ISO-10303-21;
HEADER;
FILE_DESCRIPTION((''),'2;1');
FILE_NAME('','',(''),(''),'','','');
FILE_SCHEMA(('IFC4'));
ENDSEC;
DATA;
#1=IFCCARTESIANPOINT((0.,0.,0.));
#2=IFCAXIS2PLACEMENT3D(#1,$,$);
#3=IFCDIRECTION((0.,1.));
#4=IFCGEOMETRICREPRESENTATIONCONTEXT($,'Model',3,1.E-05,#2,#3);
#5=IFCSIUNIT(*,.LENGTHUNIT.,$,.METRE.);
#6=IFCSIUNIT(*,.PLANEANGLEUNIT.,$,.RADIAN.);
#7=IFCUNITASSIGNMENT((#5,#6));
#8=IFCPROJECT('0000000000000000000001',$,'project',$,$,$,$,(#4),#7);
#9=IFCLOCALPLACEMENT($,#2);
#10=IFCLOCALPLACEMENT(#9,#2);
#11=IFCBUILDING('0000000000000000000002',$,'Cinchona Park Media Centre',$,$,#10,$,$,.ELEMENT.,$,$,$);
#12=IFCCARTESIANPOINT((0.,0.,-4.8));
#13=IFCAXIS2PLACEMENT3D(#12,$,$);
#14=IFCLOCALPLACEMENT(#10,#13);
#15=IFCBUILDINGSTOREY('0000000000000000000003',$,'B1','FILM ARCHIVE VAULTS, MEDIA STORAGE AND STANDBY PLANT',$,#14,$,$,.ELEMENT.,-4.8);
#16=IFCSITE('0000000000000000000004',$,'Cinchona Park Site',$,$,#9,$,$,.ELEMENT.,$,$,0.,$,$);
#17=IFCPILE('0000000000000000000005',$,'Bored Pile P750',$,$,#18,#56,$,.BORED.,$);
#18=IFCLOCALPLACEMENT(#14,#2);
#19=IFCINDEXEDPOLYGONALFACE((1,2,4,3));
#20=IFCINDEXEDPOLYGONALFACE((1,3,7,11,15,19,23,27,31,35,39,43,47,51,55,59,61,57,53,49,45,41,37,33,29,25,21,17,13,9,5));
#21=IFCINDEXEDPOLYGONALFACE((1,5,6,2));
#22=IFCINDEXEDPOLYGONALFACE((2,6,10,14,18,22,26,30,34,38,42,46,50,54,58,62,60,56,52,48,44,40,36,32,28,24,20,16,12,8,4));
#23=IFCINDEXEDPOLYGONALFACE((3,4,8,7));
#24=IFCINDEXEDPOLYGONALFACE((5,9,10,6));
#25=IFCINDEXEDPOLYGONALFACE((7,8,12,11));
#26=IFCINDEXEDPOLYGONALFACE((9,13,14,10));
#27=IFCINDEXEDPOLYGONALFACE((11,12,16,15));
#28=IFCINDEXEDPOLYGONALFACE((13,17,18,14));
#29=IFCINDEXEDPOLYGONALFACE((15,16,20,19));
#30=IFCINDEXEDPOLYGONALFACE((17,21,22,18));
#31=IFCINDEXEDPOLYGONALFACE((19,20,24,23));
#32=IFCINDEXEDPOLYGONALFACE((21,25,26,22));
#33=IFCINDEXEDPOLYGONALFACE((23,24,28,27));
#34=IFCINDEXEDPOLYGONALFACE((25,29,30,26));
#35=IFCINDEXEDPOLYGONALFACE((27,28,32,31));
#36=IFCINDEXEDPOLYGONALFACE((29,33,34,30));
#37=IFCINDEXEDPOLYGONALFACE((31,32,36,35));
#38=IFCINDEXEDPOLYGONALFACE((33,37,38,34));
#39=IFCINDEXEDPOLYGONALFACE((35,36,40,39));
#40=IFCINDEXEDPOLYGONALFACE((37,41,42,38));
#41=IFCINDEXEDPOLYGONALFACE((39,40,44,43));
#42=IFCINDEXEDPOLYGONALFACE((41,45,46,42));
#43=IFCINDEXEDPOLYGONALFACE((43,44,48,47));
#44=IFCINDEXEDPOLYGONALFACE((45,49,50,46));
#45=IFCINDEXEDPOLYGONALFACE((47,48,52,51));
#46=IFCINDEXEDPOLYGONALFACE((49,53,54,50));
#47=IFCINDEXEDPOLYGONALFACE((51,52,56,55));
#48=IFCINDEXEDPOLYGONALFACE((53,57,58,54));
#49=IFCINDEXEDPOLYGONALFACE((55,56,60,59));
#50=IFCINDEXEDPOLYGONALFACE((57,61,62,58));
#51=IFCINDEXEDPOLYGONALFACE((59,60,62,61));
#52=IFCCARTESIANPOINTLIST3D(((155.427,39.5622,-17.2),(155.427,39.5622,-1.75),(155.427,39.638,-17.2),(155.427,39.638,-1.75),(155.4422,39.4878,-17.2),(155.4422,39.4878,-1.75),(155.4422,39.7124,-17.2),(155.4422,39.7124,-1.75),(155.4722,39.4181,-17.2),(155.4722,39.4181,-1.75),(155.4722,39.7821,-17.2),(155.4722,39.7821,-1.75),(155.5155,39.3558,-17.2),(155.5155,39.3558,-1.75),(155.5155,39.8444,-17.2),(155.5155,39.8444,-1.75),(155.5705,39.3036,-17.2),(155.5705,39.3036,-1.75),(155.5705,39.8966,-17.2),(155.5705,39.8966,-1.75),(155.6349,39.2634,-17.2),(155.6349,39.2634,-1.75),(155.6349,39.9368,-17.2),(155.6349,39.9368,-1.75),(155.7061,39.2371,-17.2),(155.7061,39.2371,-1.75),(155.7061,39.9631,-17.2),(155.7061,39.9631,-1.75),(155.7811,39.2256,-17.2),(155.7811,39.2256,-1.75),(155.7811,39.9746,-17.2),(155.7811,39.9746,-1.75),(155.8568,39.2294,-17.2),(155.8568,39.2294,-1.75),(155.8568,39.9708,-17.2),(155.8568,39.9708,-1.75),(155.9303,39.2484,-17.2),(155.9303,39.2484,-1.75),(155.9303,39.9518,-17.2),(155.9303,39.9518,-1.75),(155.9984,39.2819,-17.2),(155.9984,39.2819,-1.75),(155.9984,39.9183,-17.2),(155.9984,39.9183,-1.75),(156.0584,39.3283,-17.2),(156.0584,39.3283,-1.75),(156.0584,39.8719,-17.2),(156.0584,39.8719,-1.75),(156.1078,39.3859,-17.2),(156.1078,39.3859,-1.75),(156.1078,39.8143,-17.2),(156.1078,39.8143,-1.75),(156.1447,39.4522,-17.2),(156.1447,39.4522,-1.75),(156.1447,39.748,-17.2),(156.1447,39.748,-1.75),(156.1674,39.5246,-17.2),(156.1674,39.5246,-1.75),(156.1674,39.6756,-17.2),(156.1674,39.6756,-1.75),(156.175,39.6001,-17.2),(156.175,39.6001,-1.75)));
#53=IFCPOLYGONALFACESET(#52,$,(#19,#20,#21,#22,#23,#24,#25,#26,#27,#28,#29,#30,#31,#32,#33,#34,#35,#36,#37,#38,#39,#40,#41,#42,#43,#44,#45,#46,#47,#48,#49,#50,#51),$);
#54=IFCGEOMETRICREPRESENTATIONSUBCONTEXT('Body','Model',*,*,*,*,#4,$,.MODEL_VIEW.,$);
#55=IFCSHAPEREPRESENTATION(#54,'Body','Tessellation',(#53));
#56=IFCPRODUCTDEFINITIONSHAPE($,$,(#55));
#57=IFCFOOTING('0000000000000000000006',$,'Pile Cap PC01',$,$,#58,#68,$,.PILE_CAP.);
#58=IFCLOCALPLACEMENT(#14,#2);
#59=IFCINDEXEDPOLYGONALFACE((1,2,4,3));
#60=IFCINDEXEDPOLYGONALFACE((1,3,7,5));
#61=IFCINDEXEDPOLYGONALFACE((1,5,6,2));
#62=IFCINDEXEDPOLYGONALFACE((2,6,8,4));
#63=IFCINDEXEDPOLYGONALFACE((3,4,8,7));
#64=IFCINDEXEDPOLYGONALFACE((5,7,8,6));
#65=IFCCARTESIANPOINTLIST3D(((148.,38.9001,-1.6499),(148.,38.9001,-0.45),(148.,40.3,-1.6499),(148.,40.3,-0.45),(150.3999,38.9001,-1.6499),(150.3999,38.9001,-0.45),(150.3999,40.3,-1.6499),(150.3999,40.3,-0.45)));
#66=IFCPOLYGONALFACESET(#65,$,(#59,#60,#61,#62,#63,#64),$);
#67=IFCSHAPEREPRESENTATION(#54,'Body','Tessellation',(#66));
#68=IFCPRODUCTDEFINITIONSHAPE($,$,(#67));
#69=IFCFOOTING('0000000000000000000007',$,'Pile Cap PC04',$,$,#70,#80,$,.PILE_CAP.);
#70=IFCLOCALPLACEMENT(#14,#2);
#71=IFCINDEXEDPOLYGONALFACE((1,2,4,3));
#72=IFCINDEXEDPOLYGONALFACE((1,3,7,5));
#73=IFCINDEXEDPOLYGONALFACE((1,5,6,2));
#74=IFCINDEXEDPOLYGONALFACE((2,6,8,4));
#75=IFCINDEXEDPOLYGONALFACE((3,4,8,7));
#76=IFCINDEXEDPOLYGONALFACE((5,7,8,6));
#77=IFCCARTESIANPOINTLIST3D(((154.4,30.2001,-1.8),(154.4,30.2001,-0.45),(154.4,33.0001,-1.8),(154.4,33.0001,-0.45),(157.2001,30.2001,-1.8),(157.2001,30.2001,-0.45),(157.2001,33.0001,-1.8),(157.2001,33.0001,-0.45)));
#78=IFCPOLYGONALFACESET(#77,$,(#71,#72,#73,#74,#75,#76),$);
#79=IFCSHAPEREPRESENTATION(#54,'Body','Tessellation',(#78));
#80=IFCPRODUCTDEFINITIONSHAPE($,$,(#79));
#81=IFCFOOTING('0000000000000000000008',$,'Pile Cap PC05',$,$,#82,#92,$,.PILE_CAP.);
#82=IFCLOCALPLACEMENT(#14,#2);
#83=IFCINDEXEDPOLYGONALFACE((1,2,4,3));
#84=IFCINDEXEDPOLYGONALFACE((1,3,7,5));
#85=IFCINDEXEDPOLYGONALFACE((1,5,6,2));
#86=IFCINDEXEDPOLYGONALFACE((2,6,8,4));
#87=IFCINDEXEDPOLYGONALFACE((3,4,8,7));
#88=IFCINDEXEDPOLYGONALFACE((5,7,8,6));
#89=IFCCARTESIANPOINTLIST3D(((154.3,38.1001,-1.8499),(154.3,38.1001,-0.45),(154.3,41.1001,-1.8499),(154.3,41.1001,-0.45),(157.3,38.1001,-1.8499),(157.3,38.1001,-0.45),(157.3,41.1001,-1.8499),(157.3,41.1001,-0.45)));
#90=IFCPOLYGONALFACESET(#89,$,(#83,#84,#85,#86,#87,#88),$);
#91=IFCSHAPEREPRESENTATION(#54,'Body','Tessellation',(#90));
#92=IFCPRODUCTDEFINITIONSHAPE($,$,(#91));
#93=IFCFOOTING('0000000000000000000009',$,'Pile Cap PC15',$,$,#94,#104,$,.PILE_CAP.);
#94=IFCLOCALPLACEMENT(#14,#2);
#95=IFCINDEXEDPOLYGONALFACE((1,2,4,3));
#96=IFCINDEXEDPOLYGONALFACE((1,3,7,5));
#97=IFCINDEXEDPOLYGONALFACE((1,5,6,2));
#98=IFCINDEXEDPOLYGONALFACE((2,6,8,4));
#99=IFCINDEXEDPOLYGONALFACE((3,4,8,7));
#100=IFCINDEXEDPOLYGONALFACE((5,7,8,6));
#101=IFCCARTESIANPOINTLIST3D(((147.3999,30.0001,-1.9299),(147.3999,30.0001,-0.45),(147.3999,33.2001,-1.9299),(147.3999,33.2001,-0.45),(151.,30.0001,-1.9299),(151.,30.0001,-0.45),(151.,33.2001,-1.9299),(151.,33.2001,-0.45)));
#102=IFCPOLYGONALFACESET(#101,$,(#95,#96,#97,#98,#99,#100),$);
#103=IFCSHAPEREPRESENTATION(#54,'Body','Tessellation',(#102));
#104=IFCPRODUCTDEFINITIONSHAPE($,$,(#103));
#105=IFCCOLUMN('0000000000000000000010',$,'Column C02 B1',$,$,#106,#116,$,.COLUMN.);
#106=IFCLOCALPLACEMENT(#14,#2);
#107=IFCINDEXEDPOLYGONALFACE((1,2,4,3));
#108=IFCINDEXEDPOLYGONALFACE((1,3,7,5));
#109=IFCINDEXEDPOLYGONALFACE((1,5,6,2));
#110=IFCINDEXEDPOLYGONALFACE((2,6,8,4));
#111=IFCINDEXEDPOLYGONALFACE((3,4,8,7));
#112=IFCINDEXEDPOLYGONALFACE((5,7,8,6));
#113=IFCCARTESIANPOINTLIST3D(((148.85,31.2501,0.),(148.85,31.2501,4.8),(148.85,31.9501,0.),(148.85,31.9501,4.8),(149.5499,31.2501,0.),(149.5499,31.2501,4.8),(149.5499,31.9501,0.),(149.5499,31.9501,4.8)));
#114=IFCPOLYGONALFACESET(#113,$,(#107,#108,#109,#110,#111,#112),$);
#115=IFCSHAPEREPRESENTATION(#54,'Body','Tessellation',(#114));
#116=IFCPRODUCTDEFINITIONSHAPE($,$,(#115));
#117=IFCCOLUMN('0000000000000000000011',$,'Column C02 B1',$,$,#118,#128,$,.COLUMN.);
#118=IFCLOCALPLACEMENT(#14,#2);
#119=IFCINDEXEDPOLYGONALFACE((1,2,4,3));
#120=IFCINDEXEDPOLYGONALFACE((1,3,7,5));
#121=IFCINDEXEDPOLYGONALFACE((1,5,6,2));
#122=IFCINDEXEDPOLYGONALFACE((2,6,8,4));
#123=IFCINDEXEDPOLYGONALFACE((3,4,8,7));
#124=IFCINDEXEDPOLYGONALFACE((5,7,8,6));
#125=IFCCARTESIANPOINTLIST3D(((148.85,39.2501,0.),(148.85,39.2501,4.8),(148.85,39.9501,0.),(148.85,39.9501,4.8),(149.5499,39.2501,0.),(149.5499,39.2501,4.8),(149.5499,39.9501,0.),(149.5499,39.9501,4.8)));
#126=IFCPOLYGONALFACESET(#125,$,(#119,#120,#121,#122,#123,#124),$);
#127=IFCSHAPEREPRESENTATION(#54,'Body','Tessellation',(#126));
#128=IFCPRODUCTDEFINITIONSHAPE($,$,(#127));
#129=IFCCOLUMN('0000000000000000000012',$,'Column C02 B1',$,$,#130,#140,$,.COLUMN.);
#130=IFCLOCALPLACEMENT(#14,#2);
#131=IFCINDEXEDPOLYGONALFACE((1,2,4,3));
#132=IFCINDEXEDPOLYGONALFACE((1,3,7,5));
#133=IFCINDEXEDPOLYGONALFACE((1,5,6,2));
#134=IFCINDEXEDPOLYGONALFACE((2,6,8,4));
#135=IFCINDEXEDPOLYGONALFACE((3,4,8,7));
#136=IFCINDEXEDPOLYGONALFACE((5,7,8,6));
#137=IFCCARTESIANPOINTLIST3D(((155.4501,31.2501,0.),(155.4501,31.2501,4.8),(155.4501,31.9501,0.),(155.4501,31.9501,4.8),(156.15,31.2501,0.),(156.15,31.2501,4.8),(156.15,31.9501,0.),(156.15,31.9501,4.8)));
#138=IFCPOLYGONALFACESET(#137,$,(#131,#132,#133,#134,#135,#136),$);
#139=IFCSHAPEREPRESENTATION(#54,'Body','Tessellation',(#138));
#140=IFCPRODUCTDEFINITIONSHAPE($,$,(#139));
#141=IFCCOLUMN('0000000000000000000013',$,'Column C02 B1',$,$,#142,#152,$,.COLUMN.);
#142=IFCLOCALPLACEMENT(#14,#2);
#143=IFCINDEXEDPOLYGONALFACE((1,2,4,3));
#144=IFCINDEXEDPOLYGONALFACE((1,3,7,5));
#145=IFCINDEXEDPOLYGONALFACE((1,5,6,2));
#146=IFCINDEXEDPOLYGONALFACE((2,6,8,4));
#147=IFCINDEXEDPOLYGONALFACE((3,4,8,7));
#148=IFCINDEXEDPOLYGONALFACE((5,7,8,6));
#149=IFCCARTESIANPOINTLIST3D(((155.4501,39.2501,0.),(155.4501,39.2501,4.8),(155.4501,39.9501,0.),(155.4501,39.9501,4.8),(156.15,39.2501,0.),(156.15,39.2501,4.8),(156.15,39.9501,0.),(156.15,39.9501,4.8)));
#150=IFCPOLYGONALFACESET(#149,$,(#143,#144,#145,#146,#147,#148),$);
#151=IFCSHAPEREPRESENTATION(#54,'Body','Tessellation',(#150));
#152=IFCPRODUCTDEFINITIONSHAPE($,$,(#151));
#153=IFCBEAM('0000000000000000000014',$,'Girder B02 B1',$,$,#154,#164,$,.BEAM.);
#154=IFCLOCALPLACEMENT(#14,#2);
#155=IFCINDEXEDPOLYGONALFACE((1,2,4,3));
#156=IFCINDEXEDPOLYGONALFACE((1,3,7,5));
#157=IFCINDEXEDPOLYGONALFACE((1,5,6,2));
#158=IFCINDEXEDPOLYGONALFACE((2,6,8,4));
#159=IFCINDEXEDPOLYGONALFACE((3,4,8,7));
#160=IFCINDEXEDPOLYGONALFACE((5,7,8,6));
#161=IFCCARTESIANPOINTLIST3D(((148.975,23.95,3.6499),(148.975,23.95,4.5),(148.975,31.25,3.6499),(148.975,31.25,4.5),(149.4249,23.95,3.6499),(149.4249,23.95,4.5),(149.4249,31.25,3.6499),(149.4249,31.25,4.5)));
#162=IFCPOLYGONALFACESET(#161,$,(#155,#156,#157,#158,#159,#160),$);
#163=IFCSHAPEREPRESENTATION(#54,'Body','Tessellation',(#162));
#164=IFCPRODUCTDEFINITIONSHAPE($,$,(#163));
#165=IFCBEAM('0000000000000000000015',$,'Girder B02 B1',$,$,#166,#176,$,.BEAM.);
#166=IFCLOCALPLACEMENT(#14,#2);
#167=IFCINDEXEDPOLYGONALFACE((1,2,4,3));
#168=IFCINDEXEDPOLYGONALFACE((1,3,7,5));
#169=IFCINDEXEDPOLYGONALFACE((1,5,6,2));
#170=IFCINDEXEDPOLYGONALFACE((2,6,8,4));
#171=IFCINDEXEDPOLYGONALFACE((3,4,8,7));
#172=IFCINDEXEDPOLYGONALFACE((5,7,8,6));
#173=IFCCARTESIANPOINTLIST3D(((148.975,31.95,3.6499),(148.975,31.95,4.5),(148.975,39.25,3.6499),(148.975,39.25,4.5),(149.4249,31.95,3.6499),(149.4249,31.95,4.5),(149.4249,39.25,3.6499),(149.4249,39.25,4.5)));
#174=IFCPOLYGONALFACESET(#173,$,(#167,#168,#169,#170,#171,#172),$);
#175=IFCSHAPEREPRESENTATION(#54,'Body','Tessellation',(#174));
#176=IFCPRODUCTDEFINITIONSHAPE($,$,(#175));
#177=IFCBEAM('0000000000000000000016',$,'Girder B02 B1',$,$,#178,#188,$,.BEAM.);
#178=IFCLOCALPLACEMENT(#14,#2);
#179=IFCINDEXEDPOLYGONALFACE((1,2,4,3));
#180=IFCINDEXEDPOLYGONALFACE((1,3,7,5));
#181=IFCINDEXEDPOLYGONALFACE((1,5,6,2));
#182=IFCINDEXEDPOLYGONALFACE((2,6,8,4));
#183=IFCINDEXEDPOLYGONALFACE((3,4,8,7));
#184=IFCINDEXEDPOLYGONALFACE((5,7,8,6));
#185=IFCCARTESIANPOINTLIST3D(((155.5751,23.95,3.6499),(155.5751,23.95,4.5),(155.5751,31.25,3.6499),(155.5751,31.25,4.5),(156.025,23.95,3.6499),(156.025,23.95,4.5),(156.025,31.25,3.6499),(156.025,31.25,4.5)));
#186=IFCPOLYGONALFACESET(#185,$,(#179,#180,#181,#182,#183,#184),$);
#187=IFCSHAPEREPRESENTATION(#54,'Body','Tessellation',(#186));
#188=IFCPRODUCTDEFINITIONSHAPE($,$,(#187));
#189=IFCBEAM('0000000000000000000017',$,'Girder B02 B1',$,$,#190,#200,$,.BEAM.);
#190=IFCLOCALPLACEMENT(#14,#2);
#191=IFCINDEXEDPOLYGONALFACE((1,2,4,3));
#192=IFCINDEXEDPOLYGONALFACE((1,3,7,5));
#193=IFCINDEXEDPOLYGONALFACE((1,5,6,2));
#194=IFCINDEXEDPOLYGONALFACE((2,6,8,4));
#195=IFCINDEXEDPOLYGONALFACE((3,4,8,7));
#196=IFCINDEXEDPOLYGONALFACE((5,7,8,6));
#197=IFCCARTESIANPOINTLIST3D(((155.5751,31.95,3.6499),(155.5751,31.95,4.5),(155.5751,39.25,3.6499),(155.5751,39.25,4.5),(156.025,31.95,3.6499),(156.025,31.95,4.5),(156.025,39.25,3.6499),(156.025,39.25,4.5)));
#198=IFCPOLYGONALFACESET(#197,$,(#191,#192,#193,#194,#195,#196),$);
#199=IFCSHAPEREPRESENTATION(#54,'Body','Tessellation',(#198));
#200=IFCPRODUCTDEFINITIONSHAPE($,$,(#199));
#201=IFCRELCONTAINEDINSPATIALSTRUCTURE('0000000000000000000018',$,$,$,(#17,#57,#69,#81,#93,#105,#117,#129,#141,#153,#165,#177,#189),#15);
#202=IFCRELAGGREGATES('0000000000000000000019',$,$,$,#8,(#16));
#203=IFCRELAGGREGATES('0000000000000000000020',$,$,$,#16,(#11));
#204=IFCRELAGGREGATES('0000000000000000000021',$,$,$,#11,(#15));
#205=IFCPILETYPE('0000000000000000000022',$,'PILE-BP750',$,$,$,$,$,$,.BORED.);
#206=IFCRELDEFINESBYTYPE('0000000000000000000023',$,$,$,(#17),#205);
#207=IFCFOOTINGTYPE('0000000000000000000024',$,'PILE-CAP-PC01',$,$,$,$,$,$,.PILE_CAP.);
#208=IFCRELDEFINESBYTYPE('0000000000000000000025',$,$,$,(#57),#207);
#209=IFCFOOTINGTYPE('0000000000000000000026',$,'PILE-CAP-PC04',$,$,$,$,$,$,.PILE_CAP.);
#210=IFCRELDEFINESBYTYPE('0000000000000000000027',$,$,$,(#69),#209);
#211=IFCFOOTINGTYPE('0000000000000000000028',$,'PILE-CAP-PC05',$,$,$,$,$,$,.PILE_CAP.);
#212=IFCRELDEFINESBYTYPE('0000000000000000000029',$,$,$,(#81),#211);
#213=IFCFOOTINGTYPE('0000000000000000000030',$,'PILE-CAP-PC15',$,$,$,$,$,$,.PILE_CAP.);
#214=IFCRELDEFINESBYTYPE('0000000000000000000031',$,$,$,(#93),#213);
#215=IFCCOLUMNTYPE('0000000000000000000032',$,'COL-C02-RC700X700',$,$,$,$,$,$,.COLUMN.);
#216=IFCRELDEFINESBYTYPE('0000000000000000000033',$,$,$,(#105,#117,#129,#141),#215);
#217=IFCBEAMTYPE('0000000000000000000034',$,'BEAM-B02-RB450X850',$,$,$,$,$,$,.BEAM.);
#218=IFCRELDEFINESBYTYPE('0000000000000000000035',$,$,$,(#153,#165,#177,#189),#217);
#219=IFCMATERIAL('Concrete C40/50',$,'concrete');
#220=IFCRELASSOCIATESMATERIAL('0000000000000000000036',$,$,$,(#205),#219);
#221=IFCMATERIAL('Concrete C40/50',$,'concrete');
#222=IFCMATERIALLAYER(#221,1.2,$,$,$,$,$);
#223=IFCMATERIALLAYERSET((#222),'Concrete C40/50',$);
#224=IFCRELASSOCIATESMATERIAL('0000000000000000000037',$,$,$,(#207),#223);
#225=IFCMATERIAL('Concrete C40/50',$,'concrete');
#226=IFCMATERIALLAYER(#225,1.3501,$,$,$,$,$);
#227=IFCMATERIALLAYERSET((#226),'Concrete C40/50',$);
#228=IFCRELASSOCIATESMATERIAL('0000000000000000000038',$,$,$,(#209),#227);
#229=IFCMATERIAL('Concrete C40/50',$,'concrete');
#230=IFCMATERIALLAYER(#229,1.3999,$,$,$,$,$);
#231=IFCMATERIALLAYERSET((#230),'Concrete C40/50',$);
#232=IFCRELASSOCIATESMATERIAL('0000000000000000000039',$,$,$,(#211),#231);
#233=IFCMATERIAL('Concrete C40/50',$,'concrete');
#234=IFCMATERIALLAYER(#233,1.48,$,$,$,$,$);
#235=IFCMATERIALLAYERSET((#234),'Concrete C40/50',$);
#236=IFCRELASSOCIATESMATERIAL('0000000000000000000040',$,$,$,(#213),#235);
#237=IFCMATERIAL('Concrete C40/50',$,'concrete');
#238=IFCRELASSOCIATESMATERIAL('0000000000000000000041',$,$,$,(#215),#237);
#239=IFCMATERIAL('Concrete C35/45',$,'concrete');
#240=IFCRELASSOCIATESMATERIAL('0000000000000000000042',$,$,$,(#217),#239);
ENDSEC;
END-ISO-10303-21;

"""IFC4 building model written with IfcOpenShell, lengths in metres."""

from ifc_helpers import new_model, si_unit, direction, frame, origin, origin_2d, place, context, subcontext, project, spatial, rectangle, circle, extrude, material, layer, layer_set, material_profile, profile_set, type_object, element, save


model = new_model("IFC4")

# Units and contexts
model_context = context("Model", 3, precision=1e-05, world=origin(), true_north=direction((0.0, 1.0)))
body_context = subcontext(model_context, "Body", "Model", "MODEL_VIEW")
ifc_project = project(units=[si_unit("LENGTHUNIT", "METRE"), si_unit("PLANEANGLEUNIT", "RADIAN")], contexts=[model_context])

# Site, building, storey
site_placement = place(None, origin())
site = spatial("IfcSite", under=ifc_project, at=site_placement, Name="Cinchona Park Site", CompositionType="ELEMENT", RefElevation=0.0)
building_placement = place(site_placement, origin())
building = spatial("IfcBuilding", under=site, at=building_placement, Name="Cinchona Park Media Centre", CompositionType="ELEMENT")
storey_placement = place(building_placement, frame((0.0, 0.0, -4.8)))
storey = spatial("IfcBuildingStorey", under=building, at=storey_placement, Name="B1", Description="FILM ARCHIVE VAULTS, MEDIA STORAGE AND STANDBY PLANT", CompositionType="ELEMENT", Elevation=-4.8)

# Pile
ifc_material_1 = material(Name="Concrete C40/50", Category="concrete")
ifc_material_profile_1 = material_profile(ifc_material_1, circle(Radius=0.375, at=origin_2d()), Name="BORED PILE 750")
ifc_profile_set_1 = profile_set([ifc_material_profile_1], Name="Concrete C40/50")
pile_type_1 = type_object("IfcPileType", Name="PILE-BP750", PredefinedType="BORED", material=ifc_profile_set_1)
pile_1_placement = place(storey_placement, frame((155.8, 39.6001, -1.75), z_axis=(0.0, 0.0, -1.0), x_axis=(1.0, 0.0, 0.0)))
element("IfcPile", 1, at=pile_1_placement, inside=storey, type_object=pile_type_1, Name="Bored Pile P750", PredefinedType="BORED", context=body_context, shape_type="SweptSolid", body=[
    extrude(circle(Radius=0.375, at=origin_2d()), origin(), (0.0, 0.0, 1.0), 15.45),
])

# Footings
ifc_material_2 = material(Name="Concrete C40/50", Category="concrete")
ifc_layer_1 = layer(ifc_material_2, 1.2)
ifc_layer_set_1 = layer_set([ifc_layer_1], Name="Concrete C40/50")
footing_type_1 = type_object("IfcFootingType", Name="PILE-CAP-PC01", PredefinedType="PILE_CAP", material=ifc_layer_set_1)
footing_1_placement = place(storey_placement, frame((149.2, 39.6001, -1.6499), z_axis=(0.0, 0.0, 1.0), x_axis=(1.0, 0.0, 0.0)))
element("IfcFooting", 2, at=footing_1_placement, inside=storey, type_object=footing_type_1, Name="Pile Cap PC01", PredefinedType="PILE_CAP", context=body_context, shape_type="SweptSolid", body=[
    extrude(rectangle(XDim=2.3999, YDim=1.3999, at=origin_2d()), origin(), (0.0, 0.0, 1.0), 1.2),
])
ifc_material_3 = material(Name="Concrete C40/50", Category="concrete")
ifc_layer_2 = layer(ifc_material_3, 1.3501)
ifc_layer_set_2 = layer_set([ifc_layer_2], Name="Concrete C40/50")
footing_type_2 = type_object("IfcFootingType", Name="PILE-CAP-PC04", PredefinedType="PILE_CAP", material=ifc_layer_set_2)
footing_2_placement = place(storey_placement, frame((155.8, 31.6001, -1.8), z_axis=(0.0, 0.0, 1.0), x_axis=(1.0, 0.0, 0.0)))
element("IfcFooting", 3, at=footing_2_placement, inside=storey, type_object=footing_type_2, Name="Pile Cap PC04", PredefinedType="PILE_CAP", context=body_context, shape_type="SweptSolid", body=[
    extrude(rectangle(XDim=2.8, YDim=2.8, at=origin_2d()), origin(), (0.0, 0.0, 1.0), 1.3501),
])
ifc_material_4 = material(Name="Concrete C40/50", Category="concrete")
ifc_layer_3 = layer(ifc_material_4, 1.3999)
ifc_layer_set_3 = layer_set([ifc_layer_3], Name="Concrete C40/50")
footing_type_3 = type_object("IfcFootingType", Name="PILE-CAP-PC05", PredefinedType="PILE_CAP", material=ifc_layer_set_3)
footing_3_placement = place(storey_placement, frame((155.8, 39.6001, -1.8499), z_axis=(0.0, 0.0, 1.0), x_axis=(1.0, 0.0, 0.0)))
element("IfcFooting", 4, at=footing_3_placement, inside=storey, type_object=footing_type_3, Name="Pile Cap PC05", PredefinedType="PILE_CAP", context=body_context, shape_type="SweptSolid", body=[
    extrude(rectangle(XDim=3.0, YDim=3.0, at=origin_2d()), origin(), (0.0, 0.0, 1.0), 1.3999),
])
ifc_material_5 = material(Name="Concrete C40/50", Category="concrete")
ifc_layer_4 = layer(ifc_material_5, 1.48)
ifc_layer_set_4 = layer_set([ifc_layer_4], Name="Concrete C40/50")
footing_type_4 = type_object("IfcFootingType", Name="PILE-CAP-PC15", PredefinedType="PILE_CAP", material=ifc_layer_set_4)
footing_4_placement = place(storey_placement, frame((149.2, 31.6001, -1.9299), z_axis=(0.0, 0.0, 1.0), x_axis=(1.0, 0.0, 0.0)))
element("IfcFooting", 5, at=footing_4_placement, inside=storey, type_object=footing_type_4, Name="Pile Cap PC15", PredefinedType="PILE_CAP", context=body_context, shape_type="SweptSolid", body=[
    extrude(rectangle(XDim=3.6001, YDim=3.2, at=origin_2d()), origin(), (0.0, 0.0, 1.0), 1.48),
])

# Columns
ifc_material_6 = material(Name="Concrete C40/50", Category="concrete")
ifc_material_profile_2 = material_profile(ifc_material_6, rectangle(XDim=0.7, YDim=0.7, at=origin_2d()), Name="RC 700X700")
ifc_profile_set_2 = profile_set([ifc_material_profile_2], Name="Concrete C40/50")
column_type = type_object("IfcColumnType", Name="COL-C02-RC700X700", PredefinedType="COLUMN", material=ifc_profile_set_2)
for number, where, z_axis, x_axis, name in (
    (6, (149.2, 31.6001, 0.0), (0.0, 0.0, 1.0), (1.0, 0.0, 0.0), "Column C02 B1"),
    (7, (149.2, 39.6001, 0.0), (0.0, 0.0, 1.0), (1.0, 0.0, 0.0), "Column C02 B1"),
    (8, (155.8, 31.6001, 0.0), (0.0, 0.0, 1.0), (1.0, 0.0, 0.0), "Column C02 B1"),
    (9, (155.8, 39.6001, 0.0), (0.0, 0.0, 1.0), (1.0, 0.0, 0.0), "Column C02 B1"),
):
    element("IfcColumn", number, at=place(storey_placement, frame(where, z_axis=z_axis, x_axis=x_axis)), inside=storey, type_object=column_type, Name=name, PredefinedType="COLUMN", context=body_context, shape_type="SweptSolid", body=[
        extrude(rectangle(XDim=0.7, YDim=0.7, at=origin_2d()), origin(), (0.0, 0.0, 1.0), 4.8),
    ])

# Beams
ifc_material_7 = material(Name="Concrete C35/45", Category="concrete")
ifc_material_profile_3 = material_profile(ifc_material_7, rectangle(XDim=0.45, YDim=0.8501, at=origin_2d()), Name="RB 450X850")
ifc_profile_set_3 = profile_set([ifc_material_profile_3], Name="Concrete C35/45")
beam_type_1 = type_object("IfcBeamType", Name="BEAM-B02-RB450X850", PredefinedType="BEAM", material=ifc_profile_set_3)
for number, where, z_axis, x_axis, name in (
    (10, (149.2, 23.95, 4.075), (0.0, 1.0, 0.0), (-1.0, 0.0, 0.0), "Girder B02 B1"),
    (11, (149.2, 31.95, 4.075), (0.0, 1.0, 0.0), (-1.0, 0.0, 0.0), "Girder B02 B1"),
    (12, (155.8, 23.95, 4.075), (0.0, 1.0, 0.0), (-1.0, 0.0, 0.0), "Girder B02 B1"),
    (13, (155.8, 31.95, 4.075), (0.0, 1.0, 0.0), (-1.0, 0.0, 0.0), "Girder B02 B1"),
):
    element("IfcBeam", number, at=place(storey_placement, frame(where, z_axis=z_axis, x_axis=x_axis)), inside=storey, type_object=beam_type_1, Name=name, PredefinedType="BEAM", context=body_context, shape_type="SweptSolid", body=[
        extrude(rectangle(XDim=0.45, YDim=0.8501, at=origin_2d()), origin(), (0.0, 0.0, 1.0), 7.3),
    ])

save(model, "model.ifc")
